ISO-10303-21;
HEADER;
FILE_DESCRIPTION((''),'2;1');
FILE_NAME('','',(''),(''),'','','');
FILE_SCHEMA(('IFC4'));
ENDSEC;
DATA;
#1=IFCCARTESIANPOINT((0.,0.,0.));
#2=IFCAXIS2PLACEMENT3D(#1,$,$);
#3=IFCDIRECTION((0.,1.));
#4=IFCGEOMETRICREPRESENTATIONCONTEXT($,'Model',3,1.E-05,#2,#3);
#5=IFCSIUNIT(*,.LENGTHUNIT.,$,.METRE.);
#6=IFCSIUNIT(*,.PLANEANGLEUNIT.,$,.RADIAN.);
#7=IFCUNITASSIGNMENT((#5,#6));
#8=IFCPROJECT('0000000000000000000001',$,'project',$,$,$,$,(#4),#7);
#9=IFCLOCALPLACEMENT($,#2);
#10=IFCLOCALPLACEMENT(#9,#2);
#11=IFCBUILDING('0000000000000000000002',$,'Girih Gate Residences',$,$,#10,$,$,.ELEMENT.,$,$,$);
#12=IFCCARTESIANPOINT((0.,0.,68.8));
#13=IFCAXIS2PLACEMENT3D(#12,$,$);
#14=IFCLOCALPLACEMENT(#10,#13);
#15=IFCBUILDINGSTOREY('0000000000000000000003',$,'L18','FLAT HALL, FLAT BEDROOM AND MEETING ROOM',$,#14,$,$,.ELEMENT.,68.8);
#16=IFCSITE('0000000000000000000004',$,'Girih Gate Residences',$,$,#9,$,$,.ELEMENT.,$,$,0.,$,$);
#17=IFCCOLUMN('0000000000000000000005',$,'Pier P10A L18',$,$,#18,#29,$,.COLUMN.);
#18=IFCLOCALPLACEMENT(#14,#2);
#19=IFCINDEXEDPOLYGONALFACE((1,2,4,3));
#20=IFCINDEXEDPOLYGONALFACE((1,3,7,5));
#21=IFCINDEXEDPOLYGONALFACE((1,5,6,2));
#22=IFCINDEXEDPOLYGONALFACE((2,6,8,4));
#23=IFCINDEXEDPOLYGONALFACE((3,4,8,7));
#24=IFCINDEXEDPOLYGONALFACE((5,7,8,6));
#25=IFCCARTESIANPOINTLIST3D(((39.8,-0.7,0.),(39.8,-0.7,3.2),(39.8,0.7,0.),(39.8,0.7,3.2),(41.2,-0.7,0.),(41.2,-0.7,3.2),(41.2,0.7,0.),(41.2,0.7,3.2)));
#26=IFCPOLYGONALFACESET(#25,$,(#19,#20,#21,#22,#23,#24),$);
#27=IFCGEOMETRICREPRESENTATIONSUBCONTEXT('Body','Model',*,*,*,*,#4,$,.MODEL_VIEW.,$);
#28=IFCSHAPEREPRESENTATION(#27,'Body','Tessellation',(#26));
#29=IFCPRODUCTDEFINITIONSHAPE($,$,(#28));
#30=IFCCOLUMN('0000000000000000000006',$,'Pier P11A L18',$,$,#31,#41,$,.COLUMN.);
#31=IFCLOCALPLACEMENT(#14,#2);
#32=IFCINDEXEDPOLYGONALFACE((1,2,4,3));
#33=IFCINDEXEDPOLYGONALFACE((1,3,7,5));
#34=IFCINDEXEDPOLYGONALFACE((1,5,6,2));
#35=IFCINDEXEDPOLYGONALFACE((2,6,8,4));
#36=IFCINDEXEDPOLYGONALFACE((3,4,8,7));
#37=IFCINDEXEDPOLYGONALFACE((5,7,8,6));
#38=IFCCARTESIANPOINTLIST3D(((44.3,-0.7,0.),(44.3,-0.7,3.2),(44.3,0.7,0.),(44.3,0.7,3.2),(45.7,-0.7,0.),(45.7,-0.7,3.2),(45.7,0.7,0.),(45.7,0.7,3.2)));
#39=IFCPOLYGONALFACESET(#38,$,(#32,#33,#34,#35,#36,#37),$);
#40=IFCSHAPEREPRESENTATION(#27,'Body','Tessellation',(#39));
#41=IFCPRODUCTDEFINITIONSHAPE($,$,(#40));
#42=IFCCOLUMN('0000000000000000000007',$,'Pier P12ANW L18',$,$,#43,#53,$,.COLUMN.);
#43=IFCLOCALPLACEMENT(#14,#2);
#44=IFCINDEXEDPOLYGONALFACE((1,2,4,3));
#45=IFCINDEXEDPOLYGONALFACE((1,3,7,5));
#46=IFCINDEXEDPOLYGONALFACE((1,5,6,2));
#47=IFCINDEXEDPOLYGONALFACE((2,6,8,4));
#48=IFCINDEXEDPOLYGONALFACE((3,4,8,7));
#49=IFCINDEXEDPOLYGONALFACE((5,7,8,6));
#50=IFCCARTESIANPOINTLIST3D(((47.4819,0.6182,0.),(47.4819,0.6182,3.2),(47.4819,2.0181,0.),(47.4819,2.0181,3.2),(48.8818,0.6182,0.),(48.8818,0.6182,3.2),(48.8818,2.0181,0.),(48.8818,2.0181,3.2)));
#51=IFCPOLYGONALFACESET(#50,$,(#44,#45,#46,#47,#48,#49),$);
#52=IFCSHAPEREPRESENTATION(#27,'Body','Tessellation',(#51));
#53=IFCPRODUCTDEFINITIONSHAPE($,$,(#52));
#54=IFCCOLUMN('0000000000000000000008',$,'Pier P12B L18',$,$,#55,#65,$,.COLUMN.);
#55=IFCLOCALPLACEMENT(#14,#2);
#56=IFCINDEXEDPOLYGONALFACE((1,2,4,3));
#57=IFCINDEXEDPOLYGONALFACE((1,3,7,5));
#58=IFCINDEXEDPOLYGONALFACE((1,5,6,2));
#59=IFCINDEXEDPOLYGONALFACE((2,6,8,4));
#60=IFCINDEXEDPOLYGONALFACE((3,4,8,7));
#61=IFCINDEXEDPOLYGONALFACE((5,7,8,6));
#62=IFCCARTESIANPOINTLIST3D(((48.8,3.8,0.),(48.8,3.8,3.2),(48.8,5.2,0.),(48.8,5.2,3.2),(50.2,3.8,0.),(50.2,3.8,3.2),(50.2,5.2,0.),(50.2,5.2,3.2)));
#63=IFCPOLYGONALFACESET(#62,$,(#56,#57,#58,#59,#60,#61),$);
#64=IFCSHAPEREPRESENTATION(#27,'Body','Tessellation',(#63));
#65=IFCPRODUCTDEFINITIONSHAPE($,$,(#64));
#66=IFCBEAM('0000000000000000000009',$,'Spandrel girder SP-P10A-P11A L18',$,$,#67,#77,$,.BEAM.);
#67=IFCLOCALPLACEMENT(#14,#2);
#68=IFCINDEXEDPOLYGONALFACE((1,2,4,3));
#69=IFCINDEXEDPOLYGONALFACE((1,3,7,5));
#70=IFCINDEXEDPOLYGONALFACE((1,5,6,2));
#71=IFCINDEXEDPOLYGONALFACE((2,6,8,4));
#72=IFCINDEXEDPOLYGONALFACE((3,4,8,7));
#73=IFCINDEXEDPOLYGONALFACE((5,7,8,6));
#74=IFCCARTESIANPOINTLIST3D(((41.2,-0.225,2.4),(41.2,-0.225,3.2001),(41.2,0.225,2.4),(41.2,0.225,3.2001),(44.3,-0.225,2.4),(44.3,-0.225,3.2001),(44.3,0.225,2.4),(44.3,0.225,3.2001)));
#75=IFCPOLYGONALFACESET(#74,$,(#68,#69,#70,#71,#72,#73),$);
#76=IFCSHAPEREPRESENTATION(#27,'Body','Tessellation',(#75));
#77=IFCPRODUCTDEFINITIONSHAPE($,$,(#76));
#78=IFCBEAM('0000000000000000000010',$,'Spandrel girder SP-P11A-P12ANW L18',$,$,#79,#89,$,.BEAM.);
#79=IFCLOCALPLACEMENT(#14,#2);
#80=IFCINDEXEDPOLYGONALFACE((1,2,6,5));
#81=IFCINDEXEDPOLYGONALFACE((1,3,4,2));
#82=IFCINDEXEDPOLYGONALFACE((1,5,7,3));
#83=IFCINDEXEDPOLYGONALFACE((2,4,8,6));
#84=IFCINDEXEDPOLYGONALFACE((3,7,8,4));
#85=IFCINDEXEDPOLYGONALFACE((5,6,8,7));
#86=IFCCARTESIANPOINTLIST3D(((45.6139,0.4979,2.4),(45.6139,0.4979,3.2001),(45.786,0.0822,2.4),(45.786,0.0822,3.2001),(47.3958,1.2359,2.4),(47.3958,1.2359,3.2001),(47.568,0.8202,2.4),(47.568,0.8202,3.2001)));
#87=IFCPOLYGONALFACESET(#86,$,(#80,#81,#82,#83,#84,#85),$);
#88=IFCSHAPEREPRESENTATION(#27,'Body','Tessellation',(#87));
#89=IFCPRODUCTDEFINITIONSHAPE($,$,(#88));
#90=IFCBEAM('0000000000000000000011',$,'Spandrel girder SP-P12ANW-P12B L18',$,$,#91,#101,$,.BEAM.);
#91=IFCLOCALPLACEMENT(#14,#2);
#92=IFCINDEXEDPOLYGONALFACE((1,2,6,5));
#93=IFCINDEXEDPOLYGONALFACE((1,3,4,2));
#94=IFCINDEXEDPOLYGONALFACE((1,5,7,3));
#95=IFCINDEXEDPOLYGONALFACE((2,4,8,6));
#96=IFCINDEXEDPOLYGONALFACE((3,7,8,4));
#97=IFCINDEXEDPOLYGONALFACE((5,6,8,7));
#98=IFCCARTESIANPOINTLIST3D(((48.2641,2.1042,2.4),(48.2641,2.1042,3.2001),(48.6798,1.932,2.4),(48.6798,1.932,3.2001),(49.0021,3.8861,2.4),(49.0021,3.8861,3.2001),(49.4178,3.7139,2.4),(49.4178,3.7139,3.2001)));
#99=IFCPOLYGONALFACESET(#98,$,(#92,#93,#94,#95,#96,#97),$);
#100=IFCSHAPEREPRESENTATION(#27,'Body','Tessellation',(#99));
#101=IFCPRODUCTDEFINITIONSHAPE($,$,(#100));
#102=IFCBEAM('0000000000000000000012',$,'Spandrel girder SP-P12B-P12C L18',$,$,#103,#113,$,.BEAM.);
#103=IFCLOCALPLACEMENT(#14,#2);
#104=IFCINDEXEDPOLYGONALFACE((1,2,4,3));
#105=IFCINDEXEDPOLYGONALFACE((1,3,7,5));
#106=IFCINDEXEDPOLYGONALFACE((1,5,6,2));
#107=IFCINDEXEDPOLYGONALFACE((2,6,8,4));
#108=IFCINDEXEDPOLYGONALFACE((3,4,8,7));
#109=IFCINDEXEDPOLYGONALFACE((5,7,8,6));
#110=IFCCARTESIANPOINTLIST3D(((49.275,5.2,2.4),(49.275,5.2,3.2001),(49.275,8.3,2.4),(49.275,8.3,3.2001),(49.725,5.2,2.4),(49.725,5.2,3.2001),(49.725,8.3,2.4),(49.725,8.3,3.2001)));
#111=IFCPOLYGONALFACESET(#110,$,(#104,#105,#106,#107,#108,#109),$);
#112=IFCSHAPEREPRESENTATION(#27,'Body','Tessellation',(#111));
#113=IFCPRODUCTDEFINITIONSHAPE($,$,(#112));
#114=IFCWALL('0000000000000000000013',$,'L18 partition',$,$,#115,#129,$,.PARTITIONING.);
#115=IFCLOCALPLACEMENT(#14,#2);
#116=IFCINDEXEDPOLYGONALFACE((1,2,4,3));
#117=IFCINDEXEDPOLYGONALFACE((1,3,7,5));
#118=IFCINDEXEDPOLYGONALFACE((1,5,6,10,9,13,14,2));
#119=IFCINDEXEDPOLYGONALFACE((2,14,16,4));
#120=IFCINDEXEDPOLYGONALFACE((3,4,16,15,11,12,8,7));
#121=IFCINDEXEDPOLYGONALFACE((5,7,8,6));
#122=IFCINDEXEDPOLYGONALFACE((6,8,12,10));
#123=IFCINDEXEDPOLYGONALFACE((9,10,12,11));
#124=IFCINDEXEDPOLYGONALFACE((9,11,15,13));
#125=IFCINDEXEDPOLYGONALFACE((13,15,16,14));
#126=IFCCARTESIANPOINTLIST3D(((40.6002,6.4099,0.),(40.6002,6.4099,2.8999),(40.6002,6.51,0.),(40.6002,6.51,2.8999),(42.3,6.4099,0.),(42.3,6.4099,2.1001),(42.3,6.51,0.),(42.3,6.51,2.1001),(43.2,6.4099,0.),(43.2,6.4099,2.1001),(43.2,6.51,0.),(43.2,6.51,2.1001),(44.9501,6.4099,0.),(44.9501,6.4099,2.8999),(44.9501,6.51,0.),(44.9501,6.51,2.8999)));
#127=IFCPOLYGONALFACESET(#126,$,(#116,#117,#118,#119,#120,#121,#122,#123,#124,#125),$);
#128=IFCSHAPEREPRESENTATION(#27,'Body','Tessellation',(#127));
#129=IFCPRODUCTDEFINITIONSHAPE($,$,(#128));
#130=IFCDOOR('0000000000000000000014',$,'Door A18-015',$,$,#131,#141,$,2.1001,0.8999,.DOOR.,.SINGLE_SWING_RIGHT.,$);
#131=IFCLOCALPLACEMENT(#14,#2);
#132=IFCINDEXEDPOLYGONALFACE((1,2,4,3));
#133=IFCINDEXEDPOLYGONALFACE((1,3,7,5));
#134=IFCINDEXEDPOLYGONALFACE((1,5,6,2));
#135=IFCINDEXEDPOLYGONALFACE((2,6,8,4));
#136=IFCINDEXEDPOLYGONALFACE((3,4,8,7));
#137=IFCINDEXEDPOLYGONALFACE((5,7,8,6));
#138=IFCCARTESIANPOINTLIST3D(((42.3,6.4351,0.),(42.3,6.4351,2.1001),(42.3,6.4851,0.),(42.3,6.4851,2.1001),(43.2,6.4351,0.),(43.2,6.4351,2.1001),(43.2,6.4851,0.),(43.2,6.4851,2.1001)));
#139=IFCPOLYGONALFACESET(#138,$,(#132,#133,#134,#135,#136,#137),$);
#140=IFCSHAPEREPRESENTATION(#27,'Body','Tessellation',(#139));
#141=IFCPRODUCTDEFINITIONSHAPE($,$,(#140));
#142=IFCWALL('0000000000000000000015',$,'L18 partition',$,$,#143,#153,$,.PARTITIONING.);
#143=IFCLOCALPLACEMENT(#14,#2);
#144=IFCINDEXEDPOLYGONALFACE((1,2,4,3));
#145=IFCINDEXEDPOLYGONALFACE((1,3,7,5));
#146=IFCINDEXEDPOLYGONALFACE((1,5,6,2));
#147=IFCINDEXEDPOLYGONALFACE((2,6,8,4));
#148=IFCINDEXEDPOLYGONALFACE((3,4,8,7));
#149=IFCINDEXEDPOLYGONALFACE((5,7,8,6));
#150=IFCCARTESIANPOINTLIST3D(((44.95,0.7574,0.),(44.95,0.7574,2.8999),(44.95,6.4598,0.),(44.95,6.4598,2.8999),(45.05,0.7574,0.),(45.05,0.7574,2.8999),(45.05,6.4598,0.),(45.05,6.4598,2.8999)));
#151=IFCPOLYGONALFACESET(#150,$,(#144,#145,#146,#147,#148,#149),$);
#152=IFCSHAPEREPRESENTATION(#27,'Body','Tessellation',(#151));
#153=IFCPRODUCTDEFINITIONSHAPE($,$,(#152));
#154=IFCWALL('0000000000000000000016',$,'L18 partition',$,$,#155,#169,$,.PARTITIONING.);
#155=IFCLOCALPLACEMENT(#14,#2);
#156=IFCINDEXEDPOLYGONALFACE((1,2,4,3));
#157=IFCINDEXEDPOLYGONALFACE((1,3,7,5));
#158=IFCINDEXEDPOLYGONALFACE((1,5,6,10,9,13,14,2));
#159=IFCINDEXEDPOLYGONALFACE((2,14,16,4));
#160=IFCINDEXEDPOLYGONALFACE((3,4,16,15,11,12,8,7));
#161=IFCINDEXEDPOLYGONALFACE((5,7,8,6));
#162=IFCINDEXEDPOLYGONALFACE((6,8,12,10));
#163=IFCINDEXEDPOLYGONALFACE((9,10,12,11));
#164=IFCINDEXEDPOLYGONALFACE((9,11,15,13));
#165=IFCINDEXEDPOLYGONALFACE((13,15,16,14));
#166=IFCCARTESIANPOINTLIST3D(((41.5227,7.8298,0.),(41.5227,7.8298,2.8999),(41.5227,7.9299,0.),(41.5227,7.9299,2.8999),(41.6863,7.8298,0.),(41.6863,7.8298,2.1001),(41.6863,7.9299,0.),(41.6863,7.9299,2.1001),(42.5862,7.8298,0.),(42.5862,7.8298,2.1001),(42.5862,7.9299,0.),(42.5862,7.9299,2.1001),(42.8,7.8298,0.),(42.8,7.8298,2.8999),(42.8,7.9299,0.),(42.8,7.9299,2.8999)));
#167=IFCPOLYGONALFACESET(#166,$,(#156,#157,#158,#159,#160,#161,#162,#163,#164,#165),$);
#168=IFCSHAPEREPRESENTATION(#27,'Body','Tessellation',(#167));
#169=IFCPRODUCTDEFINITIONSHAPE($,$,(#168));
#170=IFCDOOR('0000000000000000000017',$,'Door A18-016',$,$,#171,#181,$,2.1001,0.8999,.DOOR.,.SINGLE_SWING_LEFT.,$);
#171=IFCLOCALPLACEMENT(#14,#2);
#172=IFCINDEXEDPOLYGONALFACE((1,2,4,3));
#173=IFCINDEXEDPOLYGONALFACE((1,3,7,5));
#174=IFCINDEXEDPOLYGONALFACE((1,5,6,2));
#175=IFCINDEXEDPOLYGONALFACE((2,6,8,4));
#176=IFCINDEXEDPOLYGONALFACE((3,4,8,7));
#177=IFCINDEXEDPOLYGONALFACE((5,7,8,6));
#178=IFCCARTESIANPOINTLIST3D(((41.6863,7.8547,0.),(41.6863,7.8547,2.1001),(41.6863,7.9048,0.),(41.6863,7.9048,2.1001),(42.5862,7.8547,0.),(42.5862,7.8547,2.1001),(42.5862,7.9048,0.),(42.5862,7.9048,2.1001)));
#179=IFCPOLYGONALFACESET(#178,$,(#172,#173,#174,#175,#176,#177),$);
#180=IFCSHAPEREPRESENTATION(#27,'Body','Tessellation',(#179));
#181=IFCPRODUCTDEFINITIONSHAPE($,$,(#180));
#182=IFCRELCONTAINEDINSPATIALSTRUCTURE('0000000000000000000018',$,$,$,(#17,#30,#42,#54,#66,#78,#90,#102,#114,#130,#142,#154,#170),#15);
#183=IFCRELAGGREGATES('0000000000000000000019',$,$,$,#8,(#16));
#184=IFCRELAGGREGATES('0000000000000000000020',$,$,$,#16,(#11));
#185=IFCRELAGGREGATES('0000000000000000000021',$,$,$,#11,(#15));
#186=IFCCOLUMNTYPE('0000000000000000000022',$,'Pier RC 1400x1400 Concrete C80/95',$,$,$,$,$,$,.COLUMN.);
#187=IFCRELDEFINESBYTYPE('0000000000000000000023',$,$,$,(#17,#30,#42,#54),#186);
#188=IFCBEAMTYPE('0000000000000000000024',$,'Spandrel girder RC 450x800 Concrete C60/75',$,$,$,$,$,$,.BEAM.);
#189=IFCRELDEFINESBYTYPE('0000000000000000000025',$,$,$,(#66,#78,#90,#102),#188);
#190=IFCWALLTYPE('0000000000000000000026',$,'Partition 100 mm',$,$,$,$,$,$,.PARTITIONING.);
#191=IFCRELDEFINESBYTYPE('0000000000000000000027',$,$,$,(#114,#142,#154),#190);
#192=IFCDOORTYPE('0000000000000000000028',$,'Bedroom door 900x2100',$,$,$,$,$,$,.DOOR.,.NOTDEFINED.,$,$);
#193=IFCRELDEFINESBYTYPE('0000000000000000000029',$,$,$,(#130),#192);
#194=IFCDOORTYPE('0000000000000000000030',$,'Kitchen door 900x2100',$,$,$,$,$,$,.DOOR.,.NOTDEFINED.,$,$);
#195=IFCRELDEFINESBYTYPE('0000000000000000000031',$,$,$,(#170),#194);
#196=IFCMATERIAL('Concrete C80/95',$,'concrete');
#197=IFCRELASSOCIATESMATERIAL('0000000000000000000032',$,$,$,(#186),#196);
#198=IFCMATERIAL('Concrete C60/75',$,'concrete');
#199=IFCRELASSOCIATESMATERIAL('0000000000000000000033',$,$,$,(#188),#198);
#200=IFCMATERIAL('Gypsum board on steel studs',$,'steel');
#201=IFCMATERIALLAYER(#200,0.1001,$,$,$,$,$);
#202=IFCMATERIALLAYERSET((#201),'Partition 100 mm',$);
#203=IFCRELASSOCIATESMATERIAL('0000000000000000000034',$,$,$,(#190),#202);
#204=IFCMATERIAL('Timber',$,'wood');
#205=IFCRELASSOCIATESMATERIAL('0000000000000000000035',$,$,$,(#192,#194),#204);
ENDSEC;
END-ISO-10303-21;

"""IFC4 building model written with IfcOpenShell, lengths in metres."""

from ifc_helpers import new_model, si_unit, direction, frame, frame_2d, origin, origin_2d, place, context, subcontext, project, spatial, rectangle, extrude, material, layer, layer_set, material_profile, profile_set, type_object, element, fill, save


model = new_model("IFC4")

# Units and contexts
model_context = context("Model", 3, precision=1e-05, world=origin(), true_north=direction((0.0, 1.0)))
body_context = subcontext(model_context, "Body", "Model", "MODEL_VIEW")
ifc_project = project(units=[si_unit("LENGTHUNIT", "METRE"), si_unit("PLANEANGLEUNIT", "RADIAN")], contexts=[model_context])

# Site, building, storey
site_placement = place(None, origin())
site = spatial("IfcSite", under=ifc_project, at=site_placement, Name="Girih Gate Residences", CompositionType="ELEMENT", RefElevation=0.0)
building_placement = place(site_placement, origin())
building = spatial("IfcBuilding", under=site, at=building_placement, Name="Girih Gate Residences", CompositionType="ELEMENT")
storey_placement = place(building_placement, frame((0.0, 0.0, 68.8)))
storey = spatial("IfcBuildingStorey", under=building, at=storey_placement, Name="L18", Description="FLAT HALL, FLAT BEDROOM AND MEETING ROOM", CompositionType="ELEMENT", Elevation=68.8)

# Columns
ifc_material_1 = material(Name="Concrete C80/95", Category="concrete")
ifc_material_profile_1 = material_profile(ifc_material_1, rectangle(XDim=1.3999, YDim=1.3999, at=origin_2d()))
ifc_profile_set_1 = profile_set([ifc_material_profile_1], Name="Concrete C80/95")
column_type = type_object("IfcColumnType", Name="Pier RC 1400x1400 Concrete C80/95", PredefinedType="COLUMN", material=ifc_profile_set_1)
for number, where, z_axis, x_axis, name in (
    (1, (40.5, 0.0, 0.0), (0.0, 0.0, 1.0), (1.0, 0.0, 0.0), "Pier P10A L18"),
    (2, (45.0, 0.0, 0.0), (0.0, 0.0, 1.0), (1.0, 0.0, 0.0), "Pier P11A L18"),
    (3, (48.1819, 1.3181, 0.0), (0.0, 0.0, 1.0), (1.0, 0.0, 0.0), "Pier P12ANW L18"),
    (4, (49.5, 4.5, 0.0), (0.0, 0.0, 1.0), (1.0, 0.0, 0.0), "Pier P12B L18"),
):
    element("IfcColumn", number, at=place(storey_placement, frame(where, z_axis=z_axis, x_axis=x_axis)), inside=storey, type_object=column_type, Name=name, PredefinedType="COLUMN", context=body_context, shape_type="SweptSolid", body=[
        extrude(rectangle(XDim=1.3999, YDim=1.3999, at=origin_2d()), origin(), (0.0, 0.0, 1.0), 3.2),
    ])

# Beams
ifc_material_2 = material(Name="Concrete C60/75", Category="concrete")
ifc_material_profile_2 = material_profile(ifc_material_2, rectangle(XDim=0.45, YDim=0.8, at=origin_2d()))
ifc_profile_set_2 = profile_set([ifc_material_profile_2], Name="Concrete C60/75")
beam_type = type_object("IfcBeamType", Name="Spandrel girder RC 450x800 Concrete C60/75", PredefinedType="BEAM", material=ifc_profile_set_2)
beam_1_placement = place(storey_placement, frame((41.2, 0.0, 2.8), z_axis=(1.0, 0.0, 0.0), x_axis=(0.0, 1.0, 0.0)))
element("IfcBeam", 5, at=beam_1_placement, inside=storey, type_object=beam_type, Name="Spandrel girder SP-P10A-P11A L18", PredefinedType="BEAM", context=body_context, shape_type="SweptSolid", body=[
    extrude(rectangle(XDim=0.45, YDim=0.8, at=origin_2d()), origin(), (0.0, 0.0, 1.0), 3.1001),
])
for number, where, z_axis, x_axis, name in (
    (6, (45.7, 0.29, 2.8), (0.923895, 0.382646, 0.0), (-0.382646, 0.923895, 0.0), "Spandrel girder SP-P11A-P12ANW L18"),
    (7, (48.4719, 2.0181, 2.8), (0.382646, 0.923895, 0.0), (-0.923895, 0.382646, 0.0), "Spandrel girder SP-P12ANW-P12B L18"),
):
    element("IfcBeam", number, at=place(storey_placement, frame(where, z_axis=z_axis, x_axis=x_axis)), inside=storey, type_object=beam_type, Name=name, PredefinedType="BEAM", context=body_context, shape_type="SweptSolid", body=[
        extrude(rectangle(XDim=0.45, YDim=0.8, at=origin_2d()), origin(), (0.0, 0.0, 1.0), 1.9287),
    ])
beam_2_placement = place(storey_placement, frame((49.5, 5.2, 2.8), z_axis=(0.0, 1.0, 0.0), x_axis=(-1.0, 0.0, 0.0)))
element("IfcBeam", 8, at=beam_2_placement, inside=storey, type_object=beam_type, Name="Spandrel girder SP-P12B-P12C L18", PredefinedType="BEAM", context=body_context, shape_type="SweptSolid", body=[
    extrude(rectangle(XDim=0.45, YDim=0.8, at=origin_2d()), origin(), (0.0, 0.0, 1.0), 3.1001),
])

# Wall, opening, door
ifc_material_3 = material(Name="Gypsum board on steel studs", Category="steel")
ifc_layer_1 = layer(ifc_material_3, 0.1001)
ifc_layer_set_1 = layer_set([ifc_layer_1], Name="Partition 100 mm")
wall_type_1 = type_object("IfcWallType", Name="Partition 100 mm", PredefinedType="PARTITIONING", material=ifc_layer_set_1)
wall_1_placement = place(storey_placement, frame((44.95, 6.46, 0.0), z_axis=(0.0, 0.0, 1.0), x_axis=(-1.0, 0.0, 0.0)))
wall_1 = element("IfcWall", 9, at=wall_1_placement, inside=storey, type_object=wall_type_1, Name="L18 partition", PredefinedType="PARTITIONING", context=body_context, shape_type="SweptSolid", body=[
    extrude(rectangle(XDim=4.3499, YDim=0.1001, at=frame_2d((2.1748, 0.0))), origin(), (0.0, 0.0, 1.0), 2.8999),
])
opening_1_placement = place(wall_1_placement, frame((1.75, 0.0, 0.0)))
opening_1 = element("IfcOpeningElement", 10, at=opening_1_placement, cuts=wall_1, PredefinedType="OPENING", context=body_context, shape_type="SweptSolid", body=[
    extrude(rectangle(XDim=0.8999, YDim=2.1001, at=frame_2d((0.45, 1.05))), frame((0.0, 0.0601, 0.0), z_axis=(0.0, -1.0, 0.0), x_axis=(1.0, 0.0, 0.0)), (0.0, 0.0, 1.0), 0.1201),
])
ifc_material_4 = material(Name="Timber", Category="wood")
door_type_1 = type_object("IfcDoorType", Name="Bedroom door 900x2100", OperationType="NOTDEFINED", PredefinedType="DOOR", material=ifc_material_4)
door_1_placement = place(opening_1_placement, origin())
door_1 = element("IfcDoor", 11, at=door_1_placement, inside=storey, type_object=door_type_1, Name="Door A18-015", OperationType="SINGLE_SWING_RIGHT", OverallHeight=2.1001, OverallWidth=0.8999, PredefinedType="DOOR", context=body_context, shape_type="SweptSolid", body=[
    extrude(rectangle(XDim=0.8999, YDim=2.1001, at=frame_2d((0.45, 1.05))), frame((0.0, 0.0249, 0.0), z_axis=(0.0, -1.0, 0.0), x_axis=(1.0, 0.0, 0.0)), (0.0, 0.0, 1.0), 0.05),
])
fill(opening_1, door_1)

# Wall
wall_2_placement = place(storey_placement, frame((45.0, 0.7576, 0.0), z_axis=(0.0, 0.0, 1.0), x_axis=(0.0, 1.0, 0.0)))
element("IfcWall", 12, at=wall_2_placement, inside=storey, type_object=wall_type_1, Name="L18 partition", PredefinedType="PARTITIONING", context=body_context, shape_type="SweptSolid", body=[
    extrude(rectangle(XDim=5.7024, YDim=0.1001, at=frame_2d((2.8511, 0.0))), origin(), (0.0, 0.0, 1.0), 2.8999),
])

# Wall, opening, door
wall_3_placement = place(storey_placement, frame((41.5227, 7.8799, 0.0), z_axis=(0.0, 0.0, 1.0), x_axis=(1.0, 0.0, 0.0)))
wall_3 = element("IfcWall", 13, at=wall_3_placement, inside=storey, type_object=wall_type_1, Name="L18 partition", PredefinedType="PARTITIONING", context=body_context, shape_type="SweptSolid", body=[
    extrude(rectangle(XDim=1.2773, YDim=0.1001, at=frame_2d((0.6387, 0.0))), origin(), (0.0, 0.0, 1.0), 2.8999),
])
opening_2_placement = place(wall_3_placement, frame((0.1636, 0.0, 0.0)))
opening_2 = element("IfcOpeningElement", 14, at=opening_2_placement, cuts=wall_3, PredefinedType="OPENING", context=body_context, shape_type="SweptSolid", body=[
    extrude(rectangle(XDim=0.8999, YDim=2.1001, at=frame_2d((0.45, 1.05))), frame((0.0, 0.0601, 0.0), z_axis=(0.0, -1.0, 0.0), x_axis=(1.0, 0.0, 0.0)), (0.0, 0.0, 1.0), 0.1201),
])
door_type_2 = type_object("IfcDoorType", Name="Kitchen door 900x2100", OperationType="NOTDEFINED", PredefinedType="DOOR", material=ifc_material_4)
door_2_placement = place(opening_2_placement, origin())
door_2 = element("IfcDoor", 15, at=door_2_placement, inside=storey, type_object=door_type_2, Name="Door A18-016", OperationType="SINGLE_SWING_LEFT", OverallHeight=2.1001, OverallWidth=0.8999, PredefinedType="DOOR", context=body_context, shape_type="SweptSolid", body=[
    extrude(rectangle(XDim=0.8999, YDim=2.1001, at=frame_2d((0.45, 1.05))), frame((0.0, 0.0249, 0.0), z_axis=(0.0, -1.0, 0.0), x_axis=(1.0, 0.0, 0.0)), (0.0, 0.0, 1.0), 0.05),
])
fill(opening_2, door_2)

save(model, "model.ifc")
